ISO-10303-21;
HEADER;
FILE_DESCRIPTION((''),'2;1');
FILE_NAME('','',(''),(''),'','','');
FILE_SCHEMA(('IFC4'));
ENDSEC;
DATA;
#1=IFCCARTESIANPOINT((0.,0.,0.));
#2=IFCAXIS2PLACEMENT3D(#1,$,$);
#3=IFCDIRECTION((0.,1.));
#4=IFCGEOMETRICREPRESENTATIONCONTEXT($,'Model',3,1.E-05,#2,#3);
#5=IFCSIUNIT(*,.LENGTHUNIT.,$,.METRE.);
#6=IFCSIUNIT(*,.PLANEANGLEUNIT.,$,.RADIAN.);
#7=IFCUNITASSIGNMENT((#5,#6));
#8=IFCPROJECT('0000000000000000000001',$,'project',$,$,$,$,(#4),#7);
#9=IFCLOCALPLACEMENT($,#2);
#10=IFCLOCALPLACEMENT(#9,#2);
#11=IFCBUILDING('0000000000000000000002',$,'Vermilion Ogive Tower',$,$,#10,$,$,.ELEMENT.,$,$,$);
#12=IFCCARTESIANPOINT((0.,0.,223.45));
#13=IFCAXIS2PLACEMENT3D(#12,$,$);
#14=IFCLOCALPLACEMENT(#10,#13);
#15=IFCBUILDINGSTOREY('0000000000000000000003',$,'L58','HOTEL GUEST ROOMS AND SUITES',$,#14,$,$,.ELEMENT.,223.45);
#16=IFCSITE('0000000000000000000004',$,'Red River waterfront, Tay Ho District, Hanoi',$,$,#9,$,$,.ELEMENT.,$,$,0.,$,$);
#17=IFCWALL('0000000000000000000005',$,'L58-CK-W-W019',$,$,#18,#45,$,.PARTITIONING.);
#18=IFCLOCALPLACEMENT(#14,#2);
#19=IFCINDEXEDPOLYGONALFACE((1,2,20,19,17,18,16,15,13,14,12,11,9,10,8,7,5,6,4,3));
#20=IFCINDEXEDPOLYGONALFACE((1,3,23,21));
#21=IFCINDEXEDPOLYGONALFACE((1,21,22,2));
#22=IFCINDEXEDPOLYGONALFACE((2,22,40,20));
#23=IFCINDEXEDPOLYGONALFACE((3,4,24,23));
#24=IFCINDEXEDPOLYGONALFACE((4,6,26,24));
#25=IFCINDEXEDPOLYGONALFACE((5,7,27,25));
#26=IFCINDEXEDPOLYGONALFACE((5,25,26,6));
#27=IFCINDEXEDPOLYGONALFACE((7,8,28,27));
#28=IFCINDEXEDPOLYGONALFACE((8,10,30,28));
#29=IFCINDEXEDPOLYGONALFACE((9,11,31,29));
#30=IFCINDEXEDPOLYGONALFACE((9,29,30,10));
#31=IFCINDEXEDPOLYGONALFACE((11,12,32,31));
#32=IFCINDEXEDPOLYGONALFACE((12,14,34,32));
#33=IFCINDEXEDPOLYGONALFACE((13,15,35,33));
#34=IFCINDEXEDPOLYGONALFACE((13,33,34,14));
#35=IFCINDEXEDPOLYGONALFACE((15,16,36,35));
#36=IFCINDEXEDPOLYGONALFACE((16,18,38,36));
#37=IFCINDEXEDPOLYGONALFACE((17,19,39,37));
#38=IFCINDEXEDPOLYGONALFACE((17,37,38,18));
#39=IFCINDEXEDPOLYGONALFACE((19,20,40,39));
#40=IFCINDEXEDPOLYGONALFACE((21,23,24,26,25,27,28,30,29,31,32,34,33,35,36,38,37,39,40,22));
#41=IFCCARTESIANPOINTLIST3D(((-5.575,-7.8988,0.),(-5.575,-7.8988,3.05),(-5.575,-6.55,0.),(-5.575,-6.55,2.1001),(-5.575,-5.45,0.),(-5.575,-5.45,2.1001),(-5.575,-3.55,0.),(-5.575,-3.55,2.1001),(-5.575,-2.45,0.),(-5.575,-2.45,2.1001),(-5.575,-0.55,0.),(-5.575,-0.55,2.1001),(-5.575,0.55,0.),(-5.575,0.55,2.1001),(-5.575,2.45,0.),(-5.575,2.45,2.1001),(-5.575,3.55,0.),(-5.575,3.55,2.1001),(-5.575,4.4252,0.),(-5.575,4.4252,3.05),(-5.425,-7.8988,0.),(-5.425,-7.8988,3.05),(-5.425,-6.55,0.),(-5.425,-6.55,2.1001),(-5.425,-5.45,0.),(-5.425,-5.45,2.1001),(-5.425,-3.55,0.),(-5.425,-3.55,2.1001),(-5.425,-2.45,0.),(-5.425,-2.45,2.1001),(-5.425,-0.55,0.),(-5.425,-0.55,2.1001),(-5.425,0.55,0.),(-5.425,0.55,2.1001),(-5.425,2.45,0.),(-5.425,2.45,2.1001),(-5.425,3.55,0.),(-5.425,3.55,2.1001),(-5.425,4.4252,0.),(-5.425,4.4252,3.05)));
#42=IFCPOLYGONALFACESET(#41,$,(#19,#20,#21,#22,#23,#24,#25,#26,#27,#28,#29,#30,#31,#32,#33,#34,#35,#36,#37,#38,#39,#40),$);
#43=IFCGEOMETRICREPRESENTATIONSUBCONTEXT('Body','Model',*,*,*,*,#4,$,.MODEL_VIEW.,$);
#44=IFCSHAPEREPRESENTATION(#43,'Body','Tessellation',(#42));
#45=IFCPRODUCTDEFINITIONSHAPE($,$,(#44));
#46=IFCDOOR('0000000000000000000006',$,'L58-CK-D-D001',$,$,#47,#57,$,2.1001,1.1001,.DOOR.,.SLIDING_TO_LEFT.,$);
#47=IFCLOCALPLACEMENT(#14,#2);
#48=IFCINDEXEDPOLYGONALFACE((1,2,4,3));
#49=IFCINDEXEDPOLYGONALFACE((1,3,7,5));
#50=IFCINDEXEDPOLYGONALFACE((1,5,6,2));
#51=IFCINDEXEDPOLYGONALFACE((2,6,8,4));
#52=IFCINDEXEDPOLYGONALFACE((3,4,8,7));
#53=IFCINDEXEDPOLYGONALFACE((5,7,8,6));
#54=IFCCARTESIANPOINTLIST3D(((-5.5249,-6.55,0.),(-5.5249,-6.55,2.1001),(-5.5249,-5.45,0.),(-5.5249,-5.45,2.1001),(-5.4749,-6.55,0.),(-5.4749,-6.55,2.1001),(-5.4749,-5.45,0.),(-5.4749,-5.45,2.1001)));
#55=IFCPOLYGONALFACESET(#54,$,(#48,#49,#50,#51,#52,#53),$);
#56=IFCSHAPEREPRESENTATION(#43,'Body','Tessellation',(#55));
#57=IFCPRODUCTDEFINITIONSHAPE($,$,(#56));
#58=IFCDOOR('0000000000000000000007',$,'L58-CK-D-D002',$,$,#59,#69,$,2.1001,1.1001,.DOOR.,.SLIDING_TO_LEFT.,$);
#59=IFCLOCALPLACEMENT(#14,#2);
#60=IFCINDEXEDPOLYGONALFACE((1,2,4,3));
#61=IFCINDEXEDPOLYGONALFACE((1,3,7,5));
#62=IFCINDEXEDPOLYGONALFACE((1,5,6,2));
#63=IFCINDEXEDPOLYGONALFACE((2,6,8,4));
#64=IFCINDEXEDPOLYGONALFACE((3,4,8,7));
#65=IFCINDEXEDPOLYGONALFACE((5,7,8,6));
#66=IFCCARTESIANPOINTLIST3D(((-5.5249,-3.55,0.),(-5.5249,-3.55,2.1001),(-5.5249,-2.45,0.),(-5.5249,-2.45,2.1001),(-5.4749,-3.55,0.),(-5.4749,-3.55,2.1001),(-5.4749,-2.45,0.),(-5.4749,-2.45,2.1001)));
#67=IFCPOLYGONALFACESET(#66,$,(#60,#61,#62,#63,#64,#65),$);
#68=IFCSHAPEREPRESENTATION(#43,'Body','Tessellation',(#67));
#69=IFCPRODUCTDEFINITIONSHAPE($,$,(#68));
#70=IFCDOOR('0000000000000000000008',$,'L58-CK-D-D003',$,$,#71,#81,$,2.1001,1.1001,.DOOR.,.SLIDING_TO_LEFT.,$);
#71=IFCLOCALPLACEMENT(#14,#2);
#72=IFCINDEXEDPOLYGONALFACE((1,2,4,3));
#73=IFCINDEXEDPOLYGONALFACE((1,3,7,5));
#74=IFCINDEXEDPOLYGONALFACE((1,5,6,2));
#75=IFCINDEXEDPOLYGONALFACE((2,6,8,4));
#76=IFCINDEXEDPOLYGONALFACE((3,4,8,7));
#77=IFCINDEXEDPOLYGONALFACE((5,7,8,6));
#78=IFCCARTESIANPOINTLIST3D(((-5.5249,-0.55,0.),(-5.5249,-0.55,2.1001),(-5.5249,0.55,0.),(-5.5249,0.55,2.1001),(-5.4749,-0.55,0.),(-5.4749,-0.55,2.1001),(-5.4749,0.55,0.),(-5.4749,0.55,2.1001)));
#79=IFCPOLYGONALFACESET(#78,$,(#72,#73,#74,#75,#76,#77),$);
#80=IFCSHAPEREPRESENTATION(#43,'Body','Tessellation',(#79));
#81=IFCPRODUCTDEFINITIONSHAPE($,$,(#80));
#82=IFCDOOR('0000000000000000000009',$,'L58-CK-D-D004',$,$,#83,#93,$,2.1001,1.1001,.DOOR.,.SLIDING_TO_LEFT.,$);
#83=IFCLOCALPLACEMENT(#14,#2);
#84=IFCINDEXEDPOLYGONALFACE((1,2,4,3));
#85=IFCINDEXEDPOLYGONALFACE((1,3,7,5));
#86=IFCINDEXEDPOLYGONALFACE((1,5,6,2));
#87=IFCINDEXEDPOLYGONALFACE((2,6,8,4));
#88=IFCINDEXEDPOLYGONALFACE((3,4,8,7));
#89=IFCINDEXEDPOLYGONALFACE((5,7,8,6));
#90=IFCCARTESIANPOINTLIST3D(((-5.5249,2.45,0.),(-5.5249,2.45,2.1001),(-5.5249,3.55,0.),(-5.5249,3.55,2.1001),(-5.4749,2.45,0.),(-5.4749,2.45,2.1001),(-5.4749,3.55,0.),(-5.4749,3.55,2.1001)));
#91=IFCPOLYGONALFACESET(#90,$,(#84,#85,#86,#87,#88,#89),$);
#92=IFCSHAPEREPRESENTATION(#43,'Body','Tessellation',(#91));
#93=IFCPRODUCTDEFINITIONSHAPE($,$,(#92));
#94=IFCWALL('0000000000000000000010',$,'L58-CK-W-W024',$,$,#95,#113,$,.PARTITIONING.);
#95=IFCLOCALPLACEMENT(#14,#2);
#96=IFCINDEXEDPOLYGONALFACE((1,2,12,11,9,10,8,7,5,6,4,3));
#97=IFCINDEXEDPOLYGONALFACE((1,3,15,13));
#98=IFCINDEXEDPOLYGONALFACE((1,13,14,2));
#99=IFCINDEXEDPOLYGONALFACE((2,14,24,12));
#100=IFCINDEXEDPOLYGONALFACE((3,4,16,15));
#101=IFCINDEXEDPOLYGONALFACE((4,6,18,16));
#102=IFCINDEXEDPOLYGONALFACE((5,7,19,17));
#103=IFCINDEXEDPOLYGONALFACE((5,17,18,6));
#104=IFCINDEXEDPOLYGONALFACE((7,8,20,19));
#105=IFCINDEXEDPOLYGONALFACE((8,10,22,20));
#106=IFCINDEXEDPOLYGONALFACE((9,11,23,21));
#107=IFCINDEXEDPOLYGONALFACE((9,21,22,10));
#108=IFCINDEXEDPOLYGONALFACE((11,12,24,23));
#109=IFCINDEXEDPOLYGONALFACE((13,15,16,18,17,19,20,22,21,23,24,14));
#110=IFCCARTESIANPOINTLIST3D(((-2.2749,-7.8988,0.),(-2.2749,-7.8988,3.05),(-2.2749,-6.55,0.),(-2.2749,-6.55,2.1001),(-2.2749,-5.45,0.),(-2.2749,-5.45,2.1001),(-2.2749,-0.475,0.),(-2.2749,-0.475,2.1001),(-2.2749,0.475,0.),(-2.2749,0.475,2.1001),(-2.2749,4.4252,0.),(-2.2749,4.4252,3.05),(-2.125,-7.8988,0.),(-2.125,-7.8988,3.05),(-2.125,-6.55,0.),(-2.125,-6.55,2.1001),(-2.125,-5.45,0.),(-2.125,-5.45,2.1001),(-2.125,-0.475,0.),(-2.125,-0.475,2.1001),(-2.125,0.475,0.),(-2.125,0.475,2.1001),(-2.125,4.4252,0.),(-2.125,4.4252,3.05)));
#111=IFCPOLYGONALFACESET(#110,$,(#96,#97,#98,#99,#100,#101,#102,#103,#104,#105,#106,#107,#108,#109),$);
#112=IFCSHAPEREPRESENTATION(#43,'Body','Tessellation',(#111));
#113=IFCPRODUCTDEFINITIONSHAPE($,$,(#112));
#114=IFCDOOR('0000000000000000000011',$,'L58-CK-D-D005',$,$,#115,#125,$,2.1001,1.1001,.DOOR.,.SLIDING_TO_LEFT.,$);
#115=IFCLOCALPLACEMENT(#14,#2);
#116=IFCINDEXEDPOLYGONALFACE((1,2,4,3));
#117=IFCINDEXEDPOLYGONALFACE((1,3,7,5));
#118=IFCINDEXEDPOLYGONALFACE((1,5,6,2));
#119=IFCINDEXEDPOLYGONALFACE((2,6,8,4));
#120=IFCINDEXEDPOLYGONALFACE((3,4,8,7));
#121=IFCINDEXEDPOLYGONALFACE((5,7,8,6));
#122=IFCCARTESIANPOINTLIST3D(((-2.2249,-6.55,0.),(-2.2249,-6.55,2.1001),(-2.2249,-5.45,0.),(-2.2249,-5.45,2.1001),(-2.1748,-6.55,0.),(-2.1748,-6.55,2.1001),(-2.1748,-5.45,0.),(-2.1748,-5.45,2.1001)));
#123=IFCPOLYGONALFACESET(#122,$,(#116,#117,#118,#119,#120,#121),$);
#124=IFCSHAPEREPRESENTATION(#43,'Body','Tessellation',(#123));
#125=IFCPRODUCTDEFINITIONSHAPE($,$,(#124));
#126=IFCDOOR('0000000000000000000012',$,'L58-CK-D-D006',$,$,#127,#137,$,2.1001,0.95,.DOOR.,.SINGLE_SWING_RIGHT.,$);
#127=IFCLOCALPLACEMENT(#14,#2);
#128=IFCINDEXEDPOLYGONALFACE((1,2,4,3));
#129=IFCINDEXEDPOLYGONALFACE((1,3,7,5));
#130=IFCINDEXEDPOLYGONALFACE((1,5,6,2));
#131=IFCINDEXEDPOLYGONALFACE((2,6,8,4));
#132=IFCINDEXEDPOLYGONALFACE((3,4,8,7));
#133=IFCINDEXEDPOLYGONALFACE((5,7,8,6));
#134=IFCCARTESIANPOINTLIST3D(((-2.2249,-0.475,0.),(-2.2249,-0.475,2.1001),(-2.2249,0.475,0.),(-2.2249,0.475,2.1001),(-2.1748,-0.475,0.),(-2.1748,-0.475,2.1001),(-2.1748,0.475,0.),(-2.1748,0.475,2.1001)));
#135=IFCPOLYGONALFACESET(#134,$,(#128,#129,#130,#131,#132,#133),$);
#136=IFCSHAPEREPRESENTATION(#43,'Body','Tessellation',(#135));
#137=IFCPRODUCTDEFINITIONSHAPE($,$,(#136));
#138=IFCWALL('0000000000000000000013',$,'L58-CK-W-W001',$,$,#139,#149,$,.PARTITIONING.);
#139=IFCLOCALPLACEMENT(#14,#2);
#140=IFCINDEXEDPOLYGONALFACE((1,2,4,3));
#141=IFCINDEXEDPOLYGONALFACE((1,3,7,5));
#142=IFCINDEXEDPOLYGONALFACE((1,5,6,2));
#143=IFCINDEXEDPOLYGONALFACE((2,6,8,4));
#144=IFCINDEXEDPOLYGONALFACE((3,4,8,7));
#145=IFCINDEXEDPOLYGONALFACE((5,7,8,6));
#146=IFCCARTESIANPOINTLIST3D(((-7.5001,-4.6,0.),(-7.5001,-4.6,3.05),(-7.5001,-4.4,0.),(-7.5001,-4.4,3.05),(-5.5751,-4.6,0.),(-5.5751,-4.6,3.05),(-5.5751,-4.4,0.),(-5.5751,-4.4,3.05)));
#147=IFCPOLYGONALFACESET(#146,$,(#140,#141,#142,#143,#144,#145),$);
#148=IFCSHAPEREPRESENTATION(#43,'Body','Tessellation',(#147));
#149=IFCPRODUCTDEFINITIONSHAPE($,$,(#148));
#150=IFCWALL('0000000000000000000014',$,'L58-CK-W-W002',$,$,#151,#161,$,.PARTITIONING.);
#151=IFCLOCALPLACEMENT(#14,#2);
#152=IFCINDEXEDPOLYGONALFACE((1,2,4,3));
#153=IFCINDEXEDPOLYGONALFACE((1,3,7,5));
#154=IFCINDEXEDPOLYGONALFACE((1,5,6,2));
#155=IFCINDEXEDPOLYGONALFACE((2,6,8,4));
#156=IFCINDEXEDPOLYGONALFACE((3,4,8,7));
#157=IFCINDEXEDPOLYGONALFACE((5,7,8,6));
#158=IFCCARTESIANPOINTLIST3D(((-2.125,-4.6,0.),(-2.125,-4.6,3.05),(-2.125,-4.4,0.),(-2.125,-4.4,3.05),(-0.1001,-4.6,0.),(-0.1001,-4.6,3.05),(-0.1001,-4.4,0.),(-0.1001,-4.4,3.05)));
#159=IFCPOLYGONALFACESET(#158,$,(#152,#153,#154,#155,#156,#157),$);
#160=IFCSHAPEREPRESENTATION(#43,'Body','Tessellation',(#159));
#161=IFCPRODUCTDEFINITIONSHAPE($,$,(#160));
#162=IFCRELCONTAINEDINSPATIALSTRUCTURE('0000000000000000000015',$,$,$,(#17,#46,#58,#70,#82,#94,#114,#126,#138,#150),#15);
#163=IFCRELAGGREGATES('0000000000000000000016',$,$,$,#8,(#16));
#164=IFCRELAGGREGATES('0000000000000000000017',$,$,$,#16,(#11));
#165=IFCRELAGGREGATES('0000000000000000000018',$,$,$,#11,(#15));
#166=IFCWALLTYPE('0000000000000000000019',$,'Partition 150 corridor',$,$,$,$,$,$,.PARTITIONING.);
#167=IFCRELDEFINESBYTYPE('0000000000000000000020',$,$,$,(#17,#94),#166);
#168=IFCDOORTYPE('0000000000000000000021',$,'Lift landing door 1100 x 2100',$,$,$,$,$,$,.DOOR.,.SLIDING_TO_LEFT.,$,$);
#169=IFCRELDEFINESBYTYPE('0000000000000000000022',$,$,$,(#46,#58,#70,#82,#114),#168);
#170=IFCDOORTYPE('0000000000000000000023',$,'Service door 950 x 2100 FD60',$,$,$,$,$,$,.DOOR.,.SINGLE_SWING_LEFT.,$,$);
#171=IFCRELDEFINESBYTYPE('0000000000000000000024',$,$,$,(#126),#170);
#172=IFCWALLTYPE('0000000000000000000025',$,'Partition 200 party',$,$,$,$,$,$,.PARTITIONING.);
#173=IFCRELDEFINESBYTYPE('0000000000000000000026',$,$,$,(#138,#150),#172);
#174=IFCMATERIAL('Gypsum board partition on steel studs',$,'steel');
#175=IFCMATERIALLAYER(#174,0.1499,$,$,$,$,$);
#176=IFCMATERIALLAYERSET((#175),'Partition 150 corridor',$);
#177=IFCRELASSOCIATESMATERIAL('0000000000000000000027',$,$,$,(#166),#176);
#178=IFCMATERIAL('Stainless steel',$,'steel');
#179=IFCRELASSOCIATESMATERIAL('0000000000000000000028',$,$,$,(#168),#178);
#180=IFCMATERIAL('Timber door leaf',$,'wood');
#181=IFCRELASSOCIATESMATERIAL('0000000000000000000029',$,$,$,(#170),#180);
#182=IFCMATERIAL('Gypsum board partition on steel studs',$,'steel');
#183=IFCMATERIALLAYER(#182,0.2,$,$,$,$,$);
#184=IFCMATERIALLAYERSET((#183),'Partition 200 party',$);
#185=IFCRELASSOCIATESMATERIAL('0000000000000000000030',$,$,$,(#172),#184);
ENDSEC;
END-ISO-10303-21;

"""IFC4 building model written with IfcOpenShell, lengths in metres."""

from ifc_helpers import new_model, si_unit, direction, frame, frame_2d, origin, place, context, subcontext, project, spatial, rectangle, extrude, material, layer, layer_set, type_object, element, fill, save


model = new_model("IFC4")

# Units and contexts
model_context = context("Model", 3, precision=1e-05, world=origin(), true_north=direction((0.0, 1.0)))
body_context = subcontext(model_context, "Body", "Model", "MODEL_VIEW")
ifc_project = project(units=[si_unit("LENGTHUNIT", "METRE"), si_unit("PLANEANGLEUNIT", "RADIAN")], contexts=[model_context])

# Site, building, storey
site_placement = place(None, origin())
site = spatial("IfcSite", under=ifc_project, at=site_placement, Name="Red River waterfront, Tay Ho District, Hanoi", CompositionType="ELEMENT", RefElevation=0.0)
building_placement = place(site_placement, origin())
building = spatial("IfcBuilding", under=site, at=building_placement, Name="Vermilion Ogive Tower", CompositionType="ELEMENT")
storey_placement = place(building_placement, frame((0.0, 0.0, 223.45)))
storey = spatial("IfcBuildingStorey", under=building, at=storey_placement, Name="L58", Description="HOTEL GUEST ROOMS AND SUITES", CompositionType="ELEMENT", Elevation=223.45)

# Walls, openings, doors
ifc_material_1 = material(Name="Gypsum board partition on steel studs", Category="steel")
ifc_layer_1 = layer(ifc_material_1, 0.1499)
ifc_layer_set_1 = layer_set([ifc_layer_1], Name="Partition 150 corridor")
wall_type_1 = type_object("IfcWallType", Name="Partition 150 corridor", PredefinedType="PARTITIONING", material=ifc_layer_set_1)
wall_1_placement = place(storey_placement, frame((-5.5, -7.8989, 0.0), z_axis=(0.0, 0.0, 1.0), x_axis=(0.0, 1.0, 0.0)))
wall_1 = element("IfcWall", 1, at=wall_1_placement, inside=storey, type_object=wall_type_1, Name="L58-CK-W-W019", PredefinedType="PARTITIONING", context=body_context, shape_type="SweptSolid", body=[
    extrude(rectangle(XDim=12.324, YDim=0.1499, at=frame_2d((6.1621, 0.0))), origin(), (0.0, 0.0, 1.0), 3.05),
])
opening_1_placement = place(wall_1_placement, frame((1.3489, 0.0, 0.0)))
opening_1 = element("IfcOpeningElement", 2, at=opening_1_placement, cuts=wall_1, PredefinedType="OPENING", context=body_context, shape_type="SweptSolid", body=[
    extrude(rectangle(XDim=1.1001, YDim=2.1001, at=frame_2d((0.55, 1.05))), frame((0.0, 0.085, 0.0), z_axis=(0.0, -1.0, 0.0), x_axis=(1.0, 0.0, 0.0)), (0.0, 0.0, 1.0), 0.1699),
])
opening_2_placement = place(wall_1_placement, frame((4.3489, 0.0, 0.0)))
opening_2 = element("IfcOpeningElement", 3, at=opening_2_placement, cuts=wall_1, PredefinedType="OPENING", context=body_context, shape_type="SweptSolid", body=[
    extrude(rectangle(XDim=1.1001, YDim=2.1001, at=frame_2d((0.55, 1.05))), frame((0.0, 0.085, 0.0), z_axis=(0.0, -1.0, 0.0), x_axis=(1.0, 0.0, 0.0)), (0.0, 0.0, 1.0), 0.1699),
])
opening_3_placement = place(wall_1_placement, frame((7.3489, 0.0, 0.0)))
opening_3 = element("IfcOpeningElement", 4, at=opening_3_placement, cuts=wall_1, PredefinedType="OPENING", context=body_context, shape_type="SweptSolid", body=[
    extrude(rectangle(XDim=1.1001, YDim=2.1001, at=frame_2d((0.55, 1.05))), frame((0.0, 0.085, 0.0), z_axis=(0.0, -1.0, 0.0), x_axis=(1.0, 0.0, 0.0)), (0.0, 0.0, 1.0), 0.1699),
])
opening_4_placement = place(wall_1_placement, frame((10.3489, 0.0, 0.0)))
opening_4 = element("IfcOpeningElement", 5, at=opening_4_placement, cuts=wall_1, PredefinedType="OPENING", context=body_context, shape_type="SweptSolid", body=[
    extrude(rectangle(XDim=1.1001, YDim=2.1001, at=frame_2d((0.55, 1.05))), frame((0.0, 0.085, 0.0), z_axis=(0.0, -1.0, 0.0), x_axis=(1.0, 0.0, 0.0)), (0.0, 0.0, 1.0), 0.1699),
])
ifc_material_2 = material(Name="Stainless steel", Category="steel")
door_type_1 = type_object("IfcDoorType", Name="Lift landing door 1100 x 2100", OperationType="SLIDING_TO_LEFT", PredefinedType="DOOR", material=ifc_material_2)
door_1_placement = place(opening_1_placement, origin())
door_1 = element("IfcDoor", 6, at=door_1_placement, inside=storey, type_object=door_type_1, Name="L58-CK-D-D001", OperationType="SLIDING_TO_LEFT", OverallHeight=2.1001, OverallWidth=1.1001, PredefinedType="DOOR", context=body_context, shape_type="SweptSolid", body=[
    extrude(rectangle(XDim=1.1001, YDim=2.1001, at=frame_2d((0.55, 1.05))), frame((0.0, 0.0249, 0.0), z_axis=(0.0, -1.0, 0.0), x_axis=(1.0, 0.0, 0.0)), (0.0, 0.0, 1.0), 0.05),
])
fill(opening_1, door_1)
door_2_placement = place(opening_2_placement, origin())
door_2 = element("IfcDoor", 7, at=door_2_placement, inside=storey, type_object=door_type_1, Name="L58-CK-D-D002", OperationType="SLIDING_TO_LEFT", OverallHeight=2.1001, OverallWidth=1.1001, PredefinedType="DOOR", context=body_context, shape_type="SweptSolid", body=[
    extrude(rectangle(XDim=1.1001, YDim=2.1001, at=frame_2d((0.55, 1.05))), frame((0.0, 0.0249, 0.0), z_axis=(0.0, -1.0, 0.0), x_axis=(1.0, 0.0, 0.0)), (0.0, 0.0, 1.0), 0.05),
])
fill(opening_2, door_2)
door_3_placement = place(opening_3_placement, origin())
door_3 = element("IfcDoor", 8, at=door_3_placement, inside=storey, type_object=door_type_1, Name="L58-CK-D-D003", OperationType="SLIDING_TO_LEFT", OverallHeight=2.1001, OverallWidth=1.1001, PredefinedType="DOOR", context=body_context, shape_type="SweptSolid", body=[
    extrude(rectangle(XDim=1.1001, YDim=2.1001, at=frame_2d((0.55, 1.05))), frame((0.0, 0.0249, 0.0), z_axis=(0.0, -1.0, 0.0), x_axis=(1.0, 0.0, 0.0)), (0.0, 0.0, 1.0), 0.05),
])
fill(opening_3, door_3)
door_4_placement = place(opening_4_placement, origin())
door_4 = element("IfcDoor", 9, at=door_4_placement, inside=storey, type_object=door_type_1, Name="L58-CK-D-D004", OperationType="SLIDING_TO_LEFT", OverallHeight=2.1001, OverallWidth=1.1001, PredefinedType="DOOR", context=body_context, shape_type="SweptSolid", body=[
    extrude(rectangle(XDim=1.1001, YDim=2.1001, at=frame_2d((0.55, 1.05))), frame((0.0, 0.0249, 0.0), z_axis=(0.0, -1.0, 0.0), x_axis=(1.0, 0.0, 0.0)), (0.0, 0.0, 1.0), 0.05),
])
fill(opening_4, door_4)
wall_2_placement = place(storey_placement, frame((-2.2, -7.8989, 0.0), z_axis=(0.0, 0.0, 1.0), x_axis=(0.0, 1.0, 0.0)))
wall_2 = element("IfcWall", 10, at=wall_2_placement, inside=storey, type_object=wall_type_1, Name="L58-CK-W-W024", PredefinedType="PARTITIONING", context=body_context, shape_type="SweptSolid", body=[
    extrude(rectangle(XDim=12.324, YDim=0.1499, at=frame_2d((6.1621, 0.0))), origin(), (0.0, 0.0, 1.0), 3.05),
])
opening_5_placement = place(wall_2_placement, frame((1.3489, 0.0, 0.0)))
opening_5 = element("IfcOpeningElement", 11, at=opening_5_placement, cuts=wall_2, PredefinedType="OPENING", context=body_context, shape_type="SweptSolid", body=[
    extrude(rectangle(XDim=1.1001, YDim=2.1001, at=frame_2d((0.55, 1.05))), frame((0.0, 0.085, 0.0), z_axis=(0.0, -1.0, 0.0), x_axis=(1.0, 0.0, 0.0)), (0.0, 0.0, 1.0), 0.1699),
])
opening_6_placement = place(wall_2_placement, frame((7.4238, 0.0, 0.0)))
opening_6 = element("IfcOpeningElement", 12, at=opening_6_placement, cuts=wall_2, PredefinedType="OPENING", context=body_context, shape_type="SweptSolid", body=[
    extrude(rectangle(XDim=0.95, YDim=2.1001, at=frame_2d((0.4751, 1.05))), frame((0.0, 0.085, 0.0), z_axis=(0.0, -1.0, 0.0), x_axis=(1.0, 0.0, 0.0)), (0.0, 0.0, 1.0), 0.1699),
])
door_5_placement = place(opening_5_placement, origin())
door_5 = element("IfcDoor", 13, at=door_5_placement, inside=storey, type_object=door_type_1, Name="L58-CK-D-D005", OperationType="SLIDING_TO_LEFT", OverallHeight=2.1001, OverallWidth=1.1001, PredefinedType="DOOR", context=body_context, shape_type="SweptSolid", body=[
    extrude(rectangle(XDim=1.1001, YDim=2.1001, at=frame_2d((0.55, 1.05))), frame((0.0, 0.0249, 0.0), z_axis=(0.0, -1.0, 0.0), x_axis=(1.0, 0.0, 0.0)), (0.0, 0.0, 1.0), 0.05),
])
fill(opening_5, door_5)
ifc_material_3 = material(Name="Timber door leaf", Category="wood")
door_type_2 = type_object("IfcDoorType", Name="Service door 950 x 2100 FD60", OperationType="SINGLE_SWING_LEFT", PredefinedType="DOOR", material=ifc_material_3)
door_6_placement = place(opening_6_placement, origin())
door_6 = element("IfcDoor", 14, at=door_6_placement, inside=storey, type_object=door_type_2, Name="L58-CK-D-D006", OperationType="SINGLE_SWING_RIGHT", OverallHeight=2.1001, OverallWidth=0.95, PredefinedType="DOOR", context=body_context, shape_type="SweptSolid", body=[
    extrude(rectangle(XDim=0.95, YDim=2.1001, at=frame_2d((0.4751, 1.05))), frame((0.0, 0.0249, 0.0), z_axis=(0.0, -1.0, 0.0), x_axis=(1.0, 0.0, 0.0)), (0.0, 0.0, 1.0), 0.05),
])
fill(opening_6, door_6)

# Walls
ifc_material_4 = material(Name="Gypsum board partition on steel studs", Category="steel")
ifc_layer_2 = layer(ifc_material_4, 0.2)
ifc_layer_set_2 = layer_set([ifc_layer_2], Name="Partition 200 party")
wall_type_2 = type_object("IfcWallType", Name="Partition 200 party", PredefinedType="PARTITIONING", material=ifc_layer_set_2)
wall_3_placement = place(storey_placement, frame((-7.5, -4.5, 0.0), z_axis=(0.0, 0.0, 1.0), x_axis=(1.0, 0.0, 0.0)))
element("IfcWall", 15, at=wall_3_placement, inside=storey, type_object=wall_type_2, Name="L58-CK-W-W001", PredefinedType="PARTITIONING", context=body_context, shape_type="SweptSolid", body=[
    extrude(rectangle(XDim=1.925, YDim=0.2, at=frame_2d((0.9624, 0.0))), origin(), (0.0, 0.0, 1.0), 3.05),
])
wall_4_placement = place(storey_placement, frame((-2.125, -4.5, 0.0), z_axis=(0.0, 0.0, 1.0), x_axis=(1.0, 0.0, 0.0)))
element("IfcWall", 16, at=wall_4_placement, inside=storey, type_object=wall_type_2, Name="L58-CK-W-W002", PredefinedType="PARTITIONING", context=body_context, shape_type="SweptSolid", body=[
    extrude(rectangle(XDim=2.0249, YDim=0.2, at=frame_2d((1.0125, 0.0))), origin(), (0.0, 0.0, 1.0), 3.05),
])

save(model, "model.ifc")
